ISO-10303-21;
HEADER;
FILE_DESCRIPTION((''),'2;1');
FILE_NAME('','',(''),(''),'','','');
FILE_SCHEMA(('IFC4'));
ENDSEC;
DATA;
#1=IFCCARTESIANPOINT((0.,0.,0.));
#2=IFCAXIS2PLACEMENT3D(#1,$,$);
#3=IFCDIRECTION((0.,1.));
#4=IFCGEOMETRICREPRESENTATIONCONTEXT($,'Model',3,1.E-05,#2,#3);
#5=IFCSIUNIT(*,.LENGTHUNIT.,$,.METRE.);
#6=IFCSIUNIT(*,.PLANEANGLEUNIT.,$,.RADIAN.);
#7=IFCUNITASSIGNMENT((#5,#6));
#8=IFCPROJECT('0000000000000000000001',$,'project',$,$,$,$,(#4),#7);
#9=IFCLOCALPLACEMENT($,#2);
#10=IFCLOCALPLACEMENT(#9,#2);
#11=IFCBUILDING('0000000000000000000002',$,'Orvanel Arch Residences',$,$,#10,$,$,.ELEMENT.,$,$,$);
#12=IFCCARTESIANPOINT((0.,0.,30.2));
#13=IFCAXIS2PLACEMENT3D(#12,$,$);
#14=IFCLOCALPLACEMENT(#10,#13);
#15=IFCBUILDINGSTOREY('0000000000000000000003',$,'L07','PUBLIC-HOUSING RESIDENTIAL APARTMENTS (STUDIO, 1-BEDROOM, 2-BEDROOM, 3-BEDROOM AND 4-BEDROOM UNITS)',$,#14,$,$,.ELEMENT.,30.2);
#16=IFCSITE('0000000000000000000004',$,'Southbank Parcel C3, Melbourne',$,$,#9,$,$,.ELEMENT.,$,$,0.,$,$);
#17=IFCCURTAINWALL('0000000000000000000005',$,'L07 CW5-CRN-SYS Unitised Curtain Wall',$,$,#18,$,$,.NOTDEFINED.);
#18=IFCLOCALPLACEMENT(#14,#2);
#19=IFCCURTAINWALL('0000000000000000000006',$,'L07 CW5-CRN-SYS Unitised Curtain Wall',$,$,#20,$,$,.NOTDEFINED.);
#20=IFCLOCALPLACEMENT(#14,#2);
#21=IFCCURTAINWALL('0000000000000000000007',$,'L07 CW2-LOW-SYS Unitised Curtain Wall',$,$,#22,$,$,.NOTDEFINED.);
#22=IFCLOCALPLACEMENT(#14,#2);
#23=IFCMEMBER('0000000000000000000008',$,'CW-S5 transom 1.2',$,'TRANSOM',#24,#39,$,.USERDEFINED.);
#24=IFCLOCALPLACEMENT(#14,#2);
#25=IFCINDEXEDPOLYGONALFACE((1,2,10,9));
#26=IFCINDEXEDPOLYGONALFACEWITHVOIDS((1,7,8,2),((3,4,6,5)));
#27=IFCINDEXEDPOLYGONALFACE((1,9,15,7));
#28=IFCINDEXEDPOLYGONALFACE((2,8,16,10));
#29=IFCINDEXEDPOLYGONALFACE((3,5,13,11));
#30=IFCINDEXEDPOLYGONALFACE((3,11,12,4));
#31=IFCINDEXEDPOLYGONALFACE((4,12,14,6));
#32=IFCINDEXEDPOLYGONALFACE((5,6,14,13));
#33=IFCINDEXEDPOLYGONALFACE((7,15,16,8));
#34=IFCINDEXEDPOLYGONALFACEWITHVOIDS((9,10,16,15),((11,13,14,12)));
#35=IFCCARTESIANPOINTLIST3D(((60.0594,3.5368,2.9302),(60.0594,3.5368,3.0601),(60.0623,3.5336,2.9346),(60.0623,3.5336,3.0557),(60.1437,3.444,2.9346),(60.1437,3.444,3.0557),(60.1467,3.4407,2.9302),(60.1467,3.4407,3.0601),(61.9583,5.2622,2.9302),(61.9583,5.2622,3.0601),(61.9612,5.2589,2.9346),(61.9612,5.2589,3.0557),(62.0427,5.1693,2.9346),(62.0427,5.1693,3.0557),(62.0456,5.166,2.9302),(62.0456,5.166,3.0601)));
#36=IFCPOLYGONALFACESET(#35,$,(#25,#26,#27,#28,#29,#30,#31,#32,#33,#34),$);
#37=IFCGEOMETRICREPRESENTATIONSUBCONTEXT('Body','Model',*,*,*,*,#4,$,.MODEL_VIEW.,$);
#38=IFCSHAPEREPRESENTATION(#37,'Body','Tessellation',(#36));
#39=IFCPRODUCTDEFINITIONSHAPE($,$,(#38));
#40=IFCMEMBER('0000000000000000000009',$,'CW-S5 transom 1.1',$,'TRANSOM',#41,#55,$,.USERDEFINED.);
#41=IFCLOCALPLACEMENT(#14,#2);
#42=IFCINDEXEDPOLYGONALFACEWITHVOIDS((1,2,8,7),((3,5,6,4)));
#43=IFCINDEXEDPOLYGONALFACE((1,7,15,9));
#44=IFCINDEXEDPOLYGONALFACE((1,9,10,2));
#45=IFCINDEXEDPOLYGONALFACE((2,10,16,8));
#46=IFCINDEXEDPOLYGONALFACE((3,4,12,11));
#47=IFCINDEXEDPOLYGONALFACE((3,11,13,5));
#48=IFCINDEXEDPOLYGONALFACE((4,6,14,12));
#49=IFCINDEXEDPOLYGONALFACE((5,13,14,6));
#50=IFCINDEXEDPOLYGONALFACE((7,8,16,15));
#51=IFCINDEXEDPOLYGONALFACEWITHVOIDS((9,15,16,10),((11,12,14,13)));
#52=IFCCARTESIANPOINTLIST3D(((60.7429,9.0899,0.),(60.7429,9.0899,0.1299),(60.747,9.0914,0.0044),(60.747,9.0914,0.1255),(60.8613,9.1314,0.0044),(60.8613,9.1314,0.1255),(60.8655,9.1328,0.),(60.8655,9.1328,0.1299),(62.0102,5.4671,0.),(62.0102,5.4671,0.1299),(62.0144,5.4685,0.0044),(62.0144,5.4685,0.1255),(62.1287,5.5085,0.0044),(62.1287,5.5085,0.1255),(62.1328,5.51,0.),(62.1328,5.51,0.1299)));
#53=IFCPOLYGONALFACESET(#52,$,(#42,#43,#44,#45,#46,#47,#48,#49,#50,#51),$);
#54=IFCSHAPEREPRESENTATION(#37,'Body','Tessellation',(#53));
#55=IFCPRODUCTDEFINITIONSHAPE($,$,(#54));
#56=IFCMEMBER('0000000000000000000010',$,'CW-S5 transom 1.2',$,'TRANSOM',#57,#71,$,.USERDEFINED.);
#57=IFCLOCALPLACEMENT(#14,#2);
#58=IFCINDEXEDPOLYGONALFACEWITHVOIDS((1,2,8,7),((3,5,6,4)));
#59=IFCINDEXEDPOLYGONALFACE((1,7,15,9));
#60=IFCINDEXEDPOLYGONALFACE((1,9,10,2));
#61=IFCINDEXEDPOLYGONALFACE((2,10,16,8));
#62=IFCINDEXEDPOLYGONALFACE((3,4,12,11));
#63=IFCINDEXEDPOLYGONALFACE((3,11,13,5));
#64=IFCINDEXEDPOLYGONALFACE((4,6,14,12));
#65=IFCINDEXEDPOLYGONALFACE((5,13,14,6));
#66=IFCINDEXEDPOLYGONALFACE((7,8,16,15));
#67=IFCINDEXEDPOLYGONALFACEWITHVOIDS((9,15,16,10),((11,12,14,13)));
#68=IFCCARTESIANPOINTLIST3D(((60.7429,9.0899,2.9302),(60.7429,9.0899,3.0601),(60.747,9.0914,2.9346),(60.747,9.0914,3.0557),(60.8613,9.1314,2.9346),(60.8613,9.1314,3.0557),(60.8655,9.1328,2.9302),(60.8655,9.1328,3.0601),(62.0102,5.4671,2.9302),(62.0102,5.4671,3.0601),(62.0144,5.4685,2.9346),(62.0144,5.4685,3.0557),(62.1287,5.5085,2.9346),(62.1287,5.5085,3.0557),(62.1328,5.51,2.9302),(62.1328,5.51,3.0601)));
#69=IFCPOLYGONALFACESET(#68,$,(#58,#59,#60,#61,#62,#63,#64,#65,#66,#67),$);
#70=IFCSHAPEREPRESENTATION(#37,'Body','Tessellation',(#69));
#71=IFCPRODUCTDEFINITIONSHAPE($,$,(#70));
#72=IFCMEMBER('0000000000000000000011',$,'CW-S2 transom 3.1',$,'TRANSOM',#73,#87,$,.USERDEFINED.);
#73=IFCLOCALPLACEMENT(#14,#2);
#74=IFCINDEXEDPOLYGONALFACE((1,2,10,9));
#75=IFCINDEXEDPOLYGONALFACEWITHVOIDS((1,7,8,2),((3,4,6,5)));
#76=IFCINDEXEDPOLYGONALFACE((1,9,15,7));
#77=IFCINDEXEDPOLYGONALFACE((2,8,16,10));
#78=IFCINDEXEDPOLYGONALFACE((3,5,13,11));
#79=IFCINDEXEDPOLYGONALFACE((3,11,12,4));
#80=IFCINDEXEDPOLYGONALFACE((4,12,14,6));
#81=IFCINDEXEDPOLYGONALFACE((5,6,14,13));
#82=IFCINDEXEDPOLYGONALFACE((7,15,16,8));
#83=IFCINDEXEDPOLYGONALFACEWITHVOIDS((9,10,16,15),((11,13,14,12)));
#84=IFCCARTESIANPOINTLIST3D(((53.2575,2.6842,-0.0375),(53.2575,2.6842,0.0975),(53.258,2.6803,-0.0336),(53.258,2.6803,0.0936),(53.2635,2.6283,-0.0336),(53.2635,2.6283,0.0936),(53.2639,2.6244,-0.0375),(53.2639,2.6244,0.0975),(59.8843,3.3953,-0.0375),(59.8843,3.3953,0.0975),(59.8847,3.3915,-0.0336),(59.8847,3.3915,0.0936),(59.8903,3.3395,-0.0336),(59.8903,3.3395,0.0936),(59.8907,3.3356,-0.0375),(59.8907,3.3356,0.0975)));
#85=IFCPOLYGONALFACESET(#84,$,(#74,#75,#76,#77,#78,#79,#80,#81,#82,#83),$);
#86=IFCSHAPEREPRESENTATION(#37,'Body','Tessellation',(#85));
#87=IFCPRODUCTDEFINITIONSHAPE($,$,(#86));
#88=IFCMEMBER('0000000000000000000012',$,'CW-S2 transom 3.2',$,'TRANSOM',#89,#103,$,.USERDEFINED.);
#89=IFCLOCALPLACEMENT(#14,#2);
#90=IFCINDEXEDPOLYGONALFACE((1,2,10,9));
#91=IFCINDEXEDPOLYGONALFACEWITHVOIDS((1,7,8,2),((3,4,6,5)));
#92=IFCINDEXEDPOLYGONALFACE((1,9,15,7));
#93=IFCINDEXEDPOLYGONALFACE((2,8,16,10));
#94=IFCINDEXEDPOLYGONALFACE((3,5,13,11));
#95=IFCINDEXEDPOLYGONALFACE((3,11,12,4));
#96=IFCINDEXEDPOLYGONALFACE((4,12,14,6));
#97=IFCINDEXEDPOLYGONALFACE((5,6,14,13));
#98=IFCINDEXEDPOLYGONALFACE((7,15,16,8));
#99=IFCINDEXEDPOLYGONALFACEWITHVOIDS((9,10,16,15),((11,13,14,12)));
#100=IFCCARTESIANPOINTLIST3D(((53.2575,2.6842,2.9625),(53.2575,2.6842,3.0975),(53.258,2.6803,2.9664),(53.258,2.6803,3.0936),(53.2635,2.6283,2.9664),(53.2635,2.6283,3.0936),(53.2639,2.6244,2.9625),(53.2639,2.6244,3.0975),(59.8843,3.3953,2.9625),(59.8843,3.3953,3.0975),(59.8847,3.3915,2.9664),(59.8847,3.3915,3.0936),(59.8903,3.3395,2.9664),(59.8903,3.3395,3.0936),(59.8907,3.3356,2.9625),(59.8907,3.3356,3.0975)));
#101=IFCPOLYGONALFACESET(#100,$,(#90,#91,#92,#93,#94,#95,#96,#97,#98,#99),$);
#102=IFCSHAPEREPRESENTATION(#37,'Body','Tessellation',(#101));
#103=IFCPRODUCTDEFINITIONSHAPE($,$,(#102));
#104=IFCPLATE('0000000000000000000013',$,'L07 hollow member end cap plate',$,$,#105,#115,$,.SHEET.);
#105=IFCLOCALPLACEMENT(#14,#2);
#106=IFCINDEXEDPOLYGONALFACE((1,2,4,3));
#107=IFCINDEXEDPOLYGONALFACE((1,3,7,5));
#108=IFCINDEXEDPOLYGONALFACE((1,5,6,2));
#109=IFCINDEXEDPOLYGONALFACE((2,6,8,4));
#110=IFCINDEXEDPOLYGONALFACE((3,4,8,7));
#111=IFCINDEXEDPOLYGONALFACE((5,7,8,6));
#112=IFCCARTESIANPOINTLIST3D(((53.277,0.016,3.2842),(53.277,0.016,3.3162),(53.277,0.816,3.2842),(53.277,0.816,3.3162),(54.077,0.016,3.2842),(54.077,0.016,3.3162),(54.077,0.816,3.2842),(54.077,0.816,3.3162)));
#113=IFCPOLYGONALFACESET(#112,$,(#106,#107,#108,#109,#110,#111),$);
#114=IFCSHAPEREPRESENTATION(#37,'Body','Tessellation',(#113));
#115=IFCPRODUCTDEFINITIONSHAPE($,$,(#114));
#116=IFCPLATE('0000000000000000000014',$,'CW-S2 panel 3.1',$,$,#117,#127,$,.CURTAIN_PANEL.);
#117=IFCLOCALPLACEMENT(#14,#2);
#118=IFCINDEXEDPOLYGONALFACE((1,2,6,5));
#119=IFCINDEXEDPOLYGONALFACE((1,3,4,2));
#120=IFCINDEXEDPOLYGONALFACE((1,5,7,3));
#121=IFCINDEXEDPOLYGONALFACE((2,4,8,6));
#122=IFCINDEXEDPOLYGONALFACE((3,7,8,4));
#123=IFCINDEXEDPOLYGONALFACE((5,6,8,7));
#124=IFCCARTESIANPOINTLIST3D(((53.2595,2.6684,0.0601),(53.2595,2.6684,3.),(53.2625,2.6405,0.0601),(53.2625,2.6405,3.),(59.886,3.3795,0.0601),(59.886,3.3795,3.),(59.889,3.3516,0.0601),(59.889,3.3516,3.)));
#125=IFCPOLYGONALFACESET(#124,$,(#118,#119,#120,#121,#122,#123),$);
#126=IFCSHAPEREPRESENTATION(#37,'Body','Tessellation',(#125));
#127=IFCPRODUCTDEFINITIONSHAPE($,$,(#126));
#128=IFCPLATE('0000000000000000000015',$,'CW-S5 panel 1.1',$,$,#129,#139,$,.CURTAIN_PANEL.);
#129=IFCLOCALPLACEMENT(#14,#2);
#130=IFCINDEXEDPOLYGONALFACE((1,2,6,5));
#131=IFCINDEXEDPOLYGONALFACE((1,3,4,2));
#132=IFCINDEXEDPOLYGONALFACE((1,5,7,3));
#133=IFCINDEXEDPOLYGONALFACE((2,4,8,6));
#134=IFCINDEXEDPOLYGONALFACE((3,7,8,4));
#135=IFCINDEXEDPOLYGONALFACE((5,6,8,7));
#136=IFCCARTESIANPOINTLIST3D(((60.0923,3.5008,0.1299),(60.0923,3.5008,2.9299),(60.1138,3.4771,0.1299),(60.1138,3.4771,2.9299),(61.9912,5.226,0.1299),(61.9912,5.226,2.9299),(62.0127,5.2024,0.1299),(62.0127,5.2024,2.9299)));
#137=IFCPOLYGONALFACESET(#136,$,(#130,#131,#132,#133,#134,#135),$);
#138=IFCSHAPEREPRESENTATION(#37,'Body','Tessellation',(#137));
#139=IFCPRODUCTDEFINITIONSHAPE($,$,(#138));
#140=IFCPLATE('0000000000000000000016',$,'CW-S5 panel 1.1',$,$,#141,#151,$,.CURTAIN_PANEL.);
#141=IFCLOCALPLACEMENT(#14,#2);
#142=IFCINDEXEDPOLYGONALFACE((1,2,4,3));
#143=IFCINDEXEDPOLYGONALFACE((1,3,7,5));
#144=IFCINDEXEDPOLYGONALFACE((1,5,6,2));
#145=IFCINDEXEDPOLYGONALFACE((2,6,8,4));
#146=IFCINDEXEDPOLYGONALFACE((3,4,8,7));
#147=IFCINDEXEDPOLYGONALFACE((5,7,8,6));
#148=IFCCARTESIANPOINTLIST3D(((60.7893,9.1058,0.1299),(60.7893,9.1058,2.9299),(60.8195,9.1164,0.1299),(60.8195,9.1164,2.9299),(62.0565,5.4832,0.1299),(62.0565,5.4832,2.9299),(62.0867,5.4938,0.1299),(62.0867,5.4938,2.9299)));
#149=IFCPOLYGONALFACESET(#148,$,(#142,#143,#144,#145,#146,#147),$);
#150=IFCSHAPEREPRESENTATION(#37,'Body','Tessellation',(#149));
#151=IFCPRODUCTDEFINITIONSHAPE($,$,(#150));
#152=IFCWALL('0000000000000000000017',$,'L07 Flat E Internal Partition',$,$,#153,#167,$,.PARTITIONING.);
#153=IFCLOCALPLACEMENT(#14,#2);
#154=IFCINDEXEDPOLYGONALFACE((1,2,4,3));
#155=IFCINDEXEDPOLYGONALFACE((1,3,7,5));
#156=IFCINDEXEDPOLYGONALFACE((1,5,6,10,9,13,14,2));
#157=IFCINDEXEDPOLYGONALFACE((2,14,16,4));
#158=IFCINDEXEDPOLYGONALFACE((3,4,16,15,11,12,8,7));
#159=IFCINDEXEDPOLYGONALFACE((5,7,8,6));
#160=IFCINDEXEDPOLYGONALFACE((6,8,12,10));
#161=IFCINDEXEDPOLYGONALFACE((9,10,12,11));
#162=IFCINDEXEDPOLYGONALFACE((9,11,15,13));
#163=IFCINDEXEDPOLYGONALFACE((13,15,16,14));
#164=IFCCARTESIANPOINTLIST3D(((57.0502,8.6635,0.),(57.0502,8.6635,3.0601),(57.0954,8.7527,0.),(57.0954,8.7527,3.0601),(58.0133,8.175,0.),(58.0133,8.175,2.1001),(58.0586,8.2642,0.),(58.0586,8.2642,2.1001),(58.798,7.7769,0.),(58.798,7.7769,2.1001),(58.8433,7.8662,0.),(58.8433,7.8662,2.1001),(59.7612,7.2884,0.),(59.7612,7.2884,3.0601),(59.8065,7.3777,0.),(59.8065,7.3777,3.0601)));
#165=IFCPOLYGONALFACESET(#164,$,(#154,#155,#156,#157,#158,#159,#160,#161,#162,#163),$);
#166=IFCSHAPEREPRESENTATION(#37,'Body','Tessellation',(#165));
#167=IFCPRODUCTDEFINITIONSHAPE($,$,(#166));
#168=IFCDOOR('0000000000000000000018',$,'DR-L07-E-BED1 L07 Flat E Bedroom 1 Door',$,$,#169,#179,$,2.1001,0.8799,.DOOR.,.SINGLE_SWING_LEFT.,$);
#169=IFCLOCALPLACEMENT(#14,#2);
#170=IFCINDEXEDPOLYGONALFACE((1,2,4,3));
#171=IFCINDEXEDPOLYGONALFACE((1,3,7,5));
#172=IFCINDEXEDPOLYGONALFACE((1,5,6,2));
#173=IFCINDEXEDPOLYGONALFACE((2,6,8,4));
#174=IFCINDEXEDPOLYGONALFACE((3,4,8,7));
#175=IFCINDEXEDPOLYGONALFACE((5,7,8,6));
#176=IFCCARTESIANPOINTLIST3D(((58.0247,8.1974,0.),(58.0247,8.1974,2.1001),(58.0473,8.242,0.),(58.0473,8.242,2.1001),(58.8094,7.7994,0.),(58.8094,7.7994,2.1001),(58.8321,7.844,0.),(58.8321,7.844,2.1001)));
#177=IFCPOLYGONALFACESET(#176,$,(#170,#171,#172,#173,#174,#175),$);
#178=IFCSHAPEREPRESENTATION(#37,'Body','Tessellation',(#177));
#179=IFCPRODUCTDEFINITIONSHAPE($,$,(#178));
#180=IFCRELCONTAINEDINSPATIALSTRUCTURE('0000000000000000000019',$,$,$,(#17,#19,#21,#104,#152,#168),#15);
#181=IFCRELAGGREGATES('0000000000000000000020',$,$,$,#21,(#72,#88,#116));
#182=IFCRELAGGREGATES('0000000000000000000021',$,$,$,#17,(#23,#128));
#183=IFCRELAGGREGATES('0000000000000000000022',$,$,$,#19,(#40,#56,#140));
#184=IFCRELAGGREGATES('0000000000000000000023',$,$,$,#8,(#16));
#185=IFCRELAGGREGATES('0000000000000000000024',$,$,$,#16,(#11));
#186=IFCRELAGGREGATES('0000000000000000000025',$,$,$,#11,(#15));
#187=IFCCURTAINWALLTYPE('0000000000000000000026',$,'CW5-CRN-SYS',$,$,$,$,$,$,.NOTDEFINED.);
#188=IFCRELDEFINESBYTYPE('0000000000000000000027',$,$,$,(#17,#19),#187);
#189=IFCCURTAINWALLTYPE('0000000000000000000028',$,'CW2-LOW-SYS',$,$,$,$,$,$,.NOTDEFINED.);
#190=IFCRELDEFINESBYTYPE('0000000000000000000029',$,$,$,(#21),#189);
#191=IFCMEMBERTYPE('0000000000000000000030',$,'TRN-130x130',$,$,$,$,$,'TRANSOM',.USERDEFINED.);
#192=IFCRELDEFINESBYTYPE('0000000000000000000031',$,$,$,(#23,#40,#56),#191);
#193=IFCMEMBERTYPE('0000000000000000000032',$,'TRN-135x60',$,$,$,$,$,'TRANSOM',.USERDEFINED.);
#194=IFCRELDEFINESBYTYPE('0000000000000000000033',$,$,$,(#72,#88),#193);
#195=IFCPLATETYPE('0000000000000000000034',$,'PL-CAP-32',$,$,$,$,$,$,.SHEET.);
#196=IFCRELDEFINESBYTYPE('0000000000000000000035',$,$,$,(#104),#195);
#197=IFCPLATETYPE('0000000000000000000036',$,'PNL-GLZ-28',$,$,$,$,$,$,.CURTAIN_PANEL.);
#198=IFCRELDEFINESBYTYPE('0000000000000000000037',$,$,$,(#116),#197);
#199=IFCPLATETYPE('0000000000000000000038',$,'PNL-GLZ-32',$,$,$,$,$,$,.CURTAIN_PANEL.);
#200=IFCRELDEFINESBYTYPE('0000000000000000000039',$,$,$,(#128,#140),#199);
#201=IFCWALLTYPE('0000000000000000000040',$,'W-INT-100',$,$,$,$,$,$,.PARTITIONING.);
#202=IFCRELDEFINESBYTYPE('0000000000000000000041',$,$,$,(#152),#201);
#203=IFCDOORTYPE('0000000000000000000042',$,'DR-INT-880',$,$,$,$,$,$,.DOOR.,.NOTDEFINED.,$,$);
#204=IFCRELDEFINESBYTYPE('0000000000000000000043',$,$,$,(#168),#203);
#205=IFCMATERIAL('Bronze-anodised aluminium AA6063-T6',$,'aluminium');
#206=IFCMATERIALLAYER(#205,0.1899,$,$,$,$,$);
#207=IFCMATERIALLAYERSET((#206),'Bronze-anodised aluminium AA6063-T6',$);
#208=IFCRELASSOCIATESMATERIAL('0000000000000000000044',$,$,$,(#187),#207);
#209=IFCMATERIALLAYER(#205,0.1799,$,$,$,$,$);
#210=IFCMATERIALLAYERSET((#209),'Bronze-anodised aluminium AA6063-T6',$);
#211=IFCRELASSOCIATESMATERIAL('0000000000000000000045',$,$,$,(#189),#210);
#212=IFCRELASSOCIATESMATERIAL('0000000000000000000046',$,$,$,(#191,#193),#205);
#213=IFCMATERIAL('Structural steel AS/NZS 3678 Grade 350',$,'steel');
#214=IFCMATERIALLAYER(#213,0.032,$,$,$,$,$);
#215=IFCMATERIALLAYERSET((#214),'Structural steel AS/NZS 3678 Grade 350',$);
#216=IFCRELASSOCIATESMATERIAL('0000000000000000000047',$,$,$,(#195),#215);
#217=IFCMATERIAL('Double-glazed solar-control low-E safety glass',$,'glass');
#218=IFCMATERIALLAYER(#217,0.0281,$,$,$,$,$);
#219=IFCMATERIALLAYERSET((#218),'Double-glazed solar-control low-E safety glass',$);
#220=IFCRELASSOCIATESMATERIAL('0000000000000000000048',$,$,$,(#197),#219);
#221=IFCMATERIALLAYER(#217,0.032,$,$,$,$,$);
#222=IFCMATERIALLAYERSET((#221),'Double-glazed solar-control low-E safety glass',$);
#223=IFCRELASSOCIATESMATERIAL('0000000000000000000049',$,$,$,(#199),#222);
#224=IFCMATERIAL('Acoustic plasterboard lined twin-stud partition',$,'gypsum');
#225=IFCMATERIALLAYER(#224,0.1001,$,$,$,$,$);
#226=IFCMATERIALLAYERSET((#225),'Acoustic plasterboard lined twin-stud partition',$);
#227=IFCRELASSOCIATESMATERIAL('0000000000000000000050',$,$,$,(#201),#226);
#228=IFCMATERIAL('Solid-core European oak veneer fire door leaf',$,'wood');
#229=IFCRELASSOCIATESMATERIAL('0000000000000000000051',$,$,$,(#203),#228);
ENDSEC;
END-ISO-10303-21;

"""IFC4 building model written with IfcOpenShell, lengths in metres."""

from ifc_helpers import new_model, si_unit, direction, frame, frame_2d, origin, origin_2d, place, context, subcontext, project, spatial, rectangle, hollow_rectangle, extrude, material, layer, layer_set, material_profile, profile_set, type_object, element, fill, aggregate, save


model = new_model("IFC4")

# Units and contexts
model_context = context("Model", 3, precision=1e-05, world=origin(), true_north=direction((0.0, 1.0)))
body_context = subcontext(model_context, "Body", "Model", "MODEL_VIEW")
ifc_project = project(units=[si_unit("LENGTHUNIT", "METRE"), si_unit("PLANEANGLEUNIT", "RADIAN")], contexts=[model_context])

# Site, building, storey
site_placement = place(None, origin())
site = spatial("IfcSite", under=ifc_project, at=site_placement, Name="Southbank Parcel C3, Melbourne", CompositionType="ELEMENT", RefElevation=0.0)
building_placement = place(site_placement, origin())
building = spatial("IfcBuilding", under=site, at=building_placement, Name="Orvanel Arch Residences", CompositionType="ELEMENT")
storey_placement = place(building_placement, frame((0.0, 0.0, 30.2)))
storey = spatial("IfcBuildingStorey", under=building, at=storey_placement, Name="L07", Description="PUBLIC-HOUSING RESIDENTIAL APARTMENTS (STUDIO, 1-BEDROOM, 2-BEDROOM, 3-BEDROOM AND 4-BEDROOM UNITS)", CompositionType="ELEMENT", Elevation=30.2)

# Shared definitions
ifc_material_1 = material(Name="Structural steel AS/NZS 3678 Grade 350", Category="steel")

# Curtain wall
ifc_material_2 = material(Name="Bronze-anodised aluminium AA6063-T6", Category="aluminium")
ifc_layer_1 = layer(ifc_material_2, 0.1899)
ifc_layer_set_1 = layer_set([ifc_layer_1], Name="Bronze-anodised aluminium AA6063-T6")
curtain_wall_type_1 = type_object("IfcCurtainWallType", Name="CW5-CRN-SYS", PredefinedType="NOTDEFINED", material=ifc_layer_set_1)
curtain_wall_1_placement = place(storey_placement, origin())
curtain_wall_1 = element("IfcCurtainWall", 1, at=curtain_wall_1_placement, inside=storey, type_object=curtain_wall_type_1, Name="L07 CW5-CRN-SYS Unitised Curtain Wall", PredefinedType="NOTDEFINED")

# Curtain wall
curtain_wall_2_placement = place(storey_placement, origin())
curtain_wall_2 = element("IfcCurtainWall", 2, at=curtain_wall_2_placement, inside=storey, type_object=curtain_wall_type_1, Name="L07 CW5-CRN-SYS Unitised Curtain Wall", PredefinedType="NOTDEFINED")

# Curtain wall
ifc_layer_2 = layer(ifc_material_2, 0.1799)
ifc_layer_set_2 = layer_set([ifc_layer_2], Name="Bronze-anodised aluminium AA6063-T6")
curtain_wall_type_2 = type_object("IfcCurtainWallType", Name="CW2-LOW-SYS", PredefinedType="NOTDEFINED", material=ifc_layer_set_2)
curtain_wall_3_placement = place(storey_placement, origin())
curtain_wall_3 = element("IfcCurtainWall", 3, at=curtain_wall_3_placement, inside=storey, type_object=curtain_wall_type_2, Name="L07 CW2-LOW-SYS Unitised Curtain Wall", PredefinedType="NOTDEFINED")

# Members
ifc_material_profile_1 = material_profile(ifc_material_2, hollow_rectangle(XDim=0.1299, YDim=0.1299, WallThickness=0.0044, at=origin_2d()), Name="ALU130x130x4.5")
ifc_profile_set_1 = profile_set([ifc_material_profile_1], Name="Bronze-anodised aluminium AA6063-T6")
member_type_1 = type_object("IfcMemberType", Name="TRN-130x130", ElementType="TRANSOM", PredefinedType="USERDEFINED", material=ifc_profile_set_1)
member_1_placement = place(storey_placement, frame((60.103, 3.4888, 2.9951), z_axis=(0.740125, 0.672469, 0.0), x_axis=(-0.672469, 0.740125, 0.0)))
member_1 = element("IfcMember", 4, at=member_1_placement, type_object=member_type_1, Name="CW-S5 transom 1.2", ObjectType="TRANSOM", PredefinedType="USERDEFINED", context=body_context, shape_type="SweptSolid", body=[
    extrude(hollow_rectangle(XDim=0.1299, YDim=0.1299, WallThickness=0.0044, at=origin_2d()), origin(), (0.0, 0.0, 1.0), 2.5657),
])
member_2_placement = place(storey_placement, frame((62.0715, 5.4885, 0.0649), z_axis=(-0.3302, 0.943911, 0.0), x_axis=(-0.943911, -0.3302, 0.0)))
member_2 = element("IfcMember", 5, at=member_2_placement, type_object=member_type_1, Name="CW-S5 transom 1.1", ObjectType="TRANSOM", PredefinedType="USERDEFINED", context=body_context, shape_type="SweptSolid", body=[
    extrude(hollow_rectangle(XDim=0.1299, YDim=0.1299, WallThickness=0.0044, at=origin_2d()), origin(), (0.0, 0.0, 1.0), 3.8381),
])
member_3_placement = place(storey_placement, frame((62.0715, 5.4885, 2.9951), z_axis=(-0.3302, 0.943911, 0.0), x_axis=(-0.943911, -0.3302, 0.0)))
member_3 = element("IfcMember", 6, at=member_3_placement, type_object=member_type_1, Name="CW-S5 transom 1.2", ObjectType="TRANSOM", PredefinedType="USERDEFINED", context=body_context, shape_type="SweptSolid", body=[
    extrude(hollow_rectangle(XDim=0.1299, YDim=0.1299, WallThickness=0.0044, at=origin_2d()), origin(), (0.0, 0.0, 1.0), 3.8381),
])
ifc_material_profile_2 = material_profile(ifc_material_2, hollow_rectangle(XDim=0.0601, YDim=0.135, WallThickness=0.0039, at=origin_2d()), Name="ALU135x60x4")
ifc_profile_set_2 = profile_set([ifc_material_profile_2], Name="Bronze-anodised aluminium AA6063-T6")
member_type_2 = type_object("IfcMemberType", Name="TRN-135x60", ElementType="TRANSOM", PredefinedType="USERDEFINED", material=ifc_profile_set_2)
member_4_placement = place(storey_placement, frame((53.2607, 2.6543, 0.03), z_axis=(0.99429, 0.106708, 0.0), x_axis=(-0.106708, 0.99429, 0.0)))
member_4 = element("IfcMember", 7, at=member_4_placement, type_object=member_type_2, Name="CW-S2 transom 3.1", ObjectType="TRANSOM", PredefinedType="USERDEFINED", context=body_context, shape_type="SweptSolid", body=[
    extrude(hollow_rectangle(XDim=0.0601, YDim=0.135, WallThickness=0.0039, at=origin_2d()), origin(), (0.0, 0.0, 1.0), 6.6648),
])
member_5_placement = place(storey_placement, frame((53.2607, 2.6543, 3.03), z_axis=(0.99429, 0.106708, 0.0), x_axis=(-0.106708, 0.99429, 0.0)))
member_5 = element("IfcMember", 8, at=member_5_placement, type_object=member_type_2, Name="CW-S2 transom 3.2", ObjectType="TRANSOM", PredefinedType="USERDEFINED", context=body_context, shape_type="SweptSolid", body=[
    extrude(hollow_rectangle(XDim=0.0601, YDim=0.135, WallThickness=0.0039, at=origin_2d()), origin(), (0.0, 0.0, 1.0), 6.6648),
])

# Plates
ifc_layer_3 = layer(ifc_material_1, 0.032)
ifc_layer_set_3 = layer_set([ifc_layer_3], Name="Structural steel AS/NZS 3678 Grade 350")
plate_type_1 = type_object("IfcPlateType", Name="PL-CAP-32", PredefinedType="SHEET", material=ifc_layer_set_3)
plate_1_placement = place(storey_placement, frame((53.677, 0.416, 3.2842), z_axis=(0.0, 0.0, 1.0), x_axis=(1.0, 0.0, 0.0)))
element("IfcPlate", 9, at=plate_1_placement, inside=storey, type_object=plate_type_1, Name="L07 hollow member end cap plate", PredefinedType="SHEET", context=body_context, shape_type="SweptSolid", body=[
    extrude(rectangle(XDim=0.8, YDim=0.8, at=origin_2d()), origin(), (0.0, 0.0, 1.0), 0.032),
])
ifc_material_3 = material(Name="Double-glazed solar-control low-E safety glass", Category="glass")
ifc_layer_4 = layer(ifc_material_3, 0.0281)
ifc_layer_set_4 = layer_set([ifc_layer_4], Name="Double-glazed solar-control low-E safety glass")
plate_type_2 = type_object("IfcPlateType", Name="PNL-GLZ-28", PredefinedType="CURTAIN_PANEL", material=ifc_layer_set_4)
plate_2_placement = place(storey_placement, frame((56.5742, 3.01, 0.0601), z_axis=(0.0, 0.0, 1.0), x_axis=(0.994291, 0.106702, 0.0)))
plate_2 = element("IfcPlate", 10, at=plate_2_placement, type_object=plate_type_2, Name="CW-S2 panel 3.1", PredefinedType="CURTAIN_PANEL", context=body_context, shape_type="SweptSolid", body=[
    extrude(rectangle(XDim=6.6646, YDim=0.0281, at=origin_2d()), origin(), (0.0, 0.0, 1.0), 2.9399),
])
aggregate(curtain_wall_3, [member_4, member_5, plate_2])
ifc_layer_5 = layer(ifc_material_3, 0.032)
ifc_layer_set_5 = layer_set([ifc_layer_5], Name="Double-glazed solar-control low-E safety glass")
plate_type_3 = type_object("IfcPlateType", Name="PNL-GLZ-32", PredefinedType="CURTAIN_PANEL", material=ifc_layer_set_5)
plate_3_placement = place(storey_placement, frame((61.0525, 4.3516, 0.1299), z_axis=(0.0, 0.0, 1.0), x_axis=(0.740145, 0.672447, 0.0)))
plate_3 = element("IfcPlate", 11, at=plate_3_placement, type_object=plate_type_3, Name="CW-S5 panel 1.1", PredefinedType="CURTAIN_PANEL", context=body_context, shape_type="SweptSolid", body=[
    extrude(rectangle(XDim=2.5657, YDim=0.032, at=origin_2d()), origin(), (0.0, 0.0, 1.0), 2.8),
])
aggregate(curtain_wall_1, [member_1, plate_3])
plate_4_placement = place(storey_placement, frame((61.438, 7.2998, 0.1299), z_axis=(0.0, 0.0, 1.0), x_axis=(-0.330186, 0.943916, 0.0)))
plate_4 = element("IfcPlate", 12, at=plate_4_placement, type_object=plate_type_3, Name="CW-S5 panel 1.1", PredefinedType="CURTAIN_PANEL", context=body_context, shape_type="SweptSolid", body=[
    extrude(rectangle(XDim=3.8379, YDim=0.032, at=origin_2d()), origin(), (0.0, 0.0, 1.0), 2.8),
])
aggregate(curtain_wall_2, [member_2, member_3, plate_4])

# Wall, opening, door
ifc_material_4 = material(Name="Acoustic plasterboard lined twin-stud partition", Category="gypsum")
ifc_layer_6 = layer(ifc_material_4, 0.1001)
ifc_layer_set_6 = layer_set([ifc_layer_6], Name="Acoustic plasterboard lined twin-stud partition")
wall_type_1 = type_object("IfcWallType", Name="W-INT-100", PredefinedType="PARTITIONING", material=ifc_layer_set_6)
wall_1_placement = place(storey_placement, frame((59.7839, 7.333, 0.0), z_axis=(0.0, 0.0, 1.0), x_axis=(-0.891842, 0.452347, 0.0)))
wall_1 = element("IfcWall", 13, at=wall_1_placement, inside=storey, type_object=wall_type_1, Name="L07 Flat E Internal Partition", PredefinedType="PARTITIONING", context=body_context, shape_type="SweptSolid", body=[
    extrude(rectangle(XDim=3.0398, YDim=0.1001, at=frame_2d((1.52, 0.0))), origin(), (0.0, 0.0, 1.0), 3.0601),
])
opening_1_placement = place(wall_1_placement, frame((1.0801, 0.0, 0.0)))
opening_1 = element("IfcOpeningElement", 14, at=opening_1_placement, cuts=wall_1, PredefinedType="OPENING", context=body_context, shape_type="SweptSolid", body=[
    extrude(rectangle(XDim=0.8799, YDim=2.1001, at=frame_2d((0.4399, 1.05))), frame((0.0, 0.0601, 0.0), z_axis=(0.0, -1.0, 0.0), x_axis=(1.0, 0.0, 0.0)), (0.0, 0.0, 1.0), 0.1201),
])
ifc_material_5 = material(Name="Solid-core European oak veneer fire door leaf", Category="wood")
door_type = type_object("IfcDoorType", Name="DR-INT-880", OperationType="NOTDEFINED", PredefinedType="DOOR", material=ifc_material_5)
door_1_placement = place(opening_1_placement, origin())
door_1 = element("IfcDoor", 15, at=door_1_placement, inside=storey, type_object=door_type, Name="DR-L07-E-BED1 L07 Flat E Bedroom 1 Door", OperationType="SINGLE_SWING_LEFT", OverallHeight=2.1001, OverallWidth=0.8799, PredefinedType="DOOR", context=body_context, shape_type="SweptSolid", body=[
    extrude(rectangle(XDim=0.8799, YDim=2.1001, at=frame_2d((0.4399, 1.05))), frame((0.0, 0.0249, 0.0), z_axis=(0.0, -1.0, 0.0), x_axis=(1.0, 0.0, 0.0)), (0.0, 0.0, 1.0), 0.05),
])
fill(opening_1, door_1)

save(model, "model.ifc")
